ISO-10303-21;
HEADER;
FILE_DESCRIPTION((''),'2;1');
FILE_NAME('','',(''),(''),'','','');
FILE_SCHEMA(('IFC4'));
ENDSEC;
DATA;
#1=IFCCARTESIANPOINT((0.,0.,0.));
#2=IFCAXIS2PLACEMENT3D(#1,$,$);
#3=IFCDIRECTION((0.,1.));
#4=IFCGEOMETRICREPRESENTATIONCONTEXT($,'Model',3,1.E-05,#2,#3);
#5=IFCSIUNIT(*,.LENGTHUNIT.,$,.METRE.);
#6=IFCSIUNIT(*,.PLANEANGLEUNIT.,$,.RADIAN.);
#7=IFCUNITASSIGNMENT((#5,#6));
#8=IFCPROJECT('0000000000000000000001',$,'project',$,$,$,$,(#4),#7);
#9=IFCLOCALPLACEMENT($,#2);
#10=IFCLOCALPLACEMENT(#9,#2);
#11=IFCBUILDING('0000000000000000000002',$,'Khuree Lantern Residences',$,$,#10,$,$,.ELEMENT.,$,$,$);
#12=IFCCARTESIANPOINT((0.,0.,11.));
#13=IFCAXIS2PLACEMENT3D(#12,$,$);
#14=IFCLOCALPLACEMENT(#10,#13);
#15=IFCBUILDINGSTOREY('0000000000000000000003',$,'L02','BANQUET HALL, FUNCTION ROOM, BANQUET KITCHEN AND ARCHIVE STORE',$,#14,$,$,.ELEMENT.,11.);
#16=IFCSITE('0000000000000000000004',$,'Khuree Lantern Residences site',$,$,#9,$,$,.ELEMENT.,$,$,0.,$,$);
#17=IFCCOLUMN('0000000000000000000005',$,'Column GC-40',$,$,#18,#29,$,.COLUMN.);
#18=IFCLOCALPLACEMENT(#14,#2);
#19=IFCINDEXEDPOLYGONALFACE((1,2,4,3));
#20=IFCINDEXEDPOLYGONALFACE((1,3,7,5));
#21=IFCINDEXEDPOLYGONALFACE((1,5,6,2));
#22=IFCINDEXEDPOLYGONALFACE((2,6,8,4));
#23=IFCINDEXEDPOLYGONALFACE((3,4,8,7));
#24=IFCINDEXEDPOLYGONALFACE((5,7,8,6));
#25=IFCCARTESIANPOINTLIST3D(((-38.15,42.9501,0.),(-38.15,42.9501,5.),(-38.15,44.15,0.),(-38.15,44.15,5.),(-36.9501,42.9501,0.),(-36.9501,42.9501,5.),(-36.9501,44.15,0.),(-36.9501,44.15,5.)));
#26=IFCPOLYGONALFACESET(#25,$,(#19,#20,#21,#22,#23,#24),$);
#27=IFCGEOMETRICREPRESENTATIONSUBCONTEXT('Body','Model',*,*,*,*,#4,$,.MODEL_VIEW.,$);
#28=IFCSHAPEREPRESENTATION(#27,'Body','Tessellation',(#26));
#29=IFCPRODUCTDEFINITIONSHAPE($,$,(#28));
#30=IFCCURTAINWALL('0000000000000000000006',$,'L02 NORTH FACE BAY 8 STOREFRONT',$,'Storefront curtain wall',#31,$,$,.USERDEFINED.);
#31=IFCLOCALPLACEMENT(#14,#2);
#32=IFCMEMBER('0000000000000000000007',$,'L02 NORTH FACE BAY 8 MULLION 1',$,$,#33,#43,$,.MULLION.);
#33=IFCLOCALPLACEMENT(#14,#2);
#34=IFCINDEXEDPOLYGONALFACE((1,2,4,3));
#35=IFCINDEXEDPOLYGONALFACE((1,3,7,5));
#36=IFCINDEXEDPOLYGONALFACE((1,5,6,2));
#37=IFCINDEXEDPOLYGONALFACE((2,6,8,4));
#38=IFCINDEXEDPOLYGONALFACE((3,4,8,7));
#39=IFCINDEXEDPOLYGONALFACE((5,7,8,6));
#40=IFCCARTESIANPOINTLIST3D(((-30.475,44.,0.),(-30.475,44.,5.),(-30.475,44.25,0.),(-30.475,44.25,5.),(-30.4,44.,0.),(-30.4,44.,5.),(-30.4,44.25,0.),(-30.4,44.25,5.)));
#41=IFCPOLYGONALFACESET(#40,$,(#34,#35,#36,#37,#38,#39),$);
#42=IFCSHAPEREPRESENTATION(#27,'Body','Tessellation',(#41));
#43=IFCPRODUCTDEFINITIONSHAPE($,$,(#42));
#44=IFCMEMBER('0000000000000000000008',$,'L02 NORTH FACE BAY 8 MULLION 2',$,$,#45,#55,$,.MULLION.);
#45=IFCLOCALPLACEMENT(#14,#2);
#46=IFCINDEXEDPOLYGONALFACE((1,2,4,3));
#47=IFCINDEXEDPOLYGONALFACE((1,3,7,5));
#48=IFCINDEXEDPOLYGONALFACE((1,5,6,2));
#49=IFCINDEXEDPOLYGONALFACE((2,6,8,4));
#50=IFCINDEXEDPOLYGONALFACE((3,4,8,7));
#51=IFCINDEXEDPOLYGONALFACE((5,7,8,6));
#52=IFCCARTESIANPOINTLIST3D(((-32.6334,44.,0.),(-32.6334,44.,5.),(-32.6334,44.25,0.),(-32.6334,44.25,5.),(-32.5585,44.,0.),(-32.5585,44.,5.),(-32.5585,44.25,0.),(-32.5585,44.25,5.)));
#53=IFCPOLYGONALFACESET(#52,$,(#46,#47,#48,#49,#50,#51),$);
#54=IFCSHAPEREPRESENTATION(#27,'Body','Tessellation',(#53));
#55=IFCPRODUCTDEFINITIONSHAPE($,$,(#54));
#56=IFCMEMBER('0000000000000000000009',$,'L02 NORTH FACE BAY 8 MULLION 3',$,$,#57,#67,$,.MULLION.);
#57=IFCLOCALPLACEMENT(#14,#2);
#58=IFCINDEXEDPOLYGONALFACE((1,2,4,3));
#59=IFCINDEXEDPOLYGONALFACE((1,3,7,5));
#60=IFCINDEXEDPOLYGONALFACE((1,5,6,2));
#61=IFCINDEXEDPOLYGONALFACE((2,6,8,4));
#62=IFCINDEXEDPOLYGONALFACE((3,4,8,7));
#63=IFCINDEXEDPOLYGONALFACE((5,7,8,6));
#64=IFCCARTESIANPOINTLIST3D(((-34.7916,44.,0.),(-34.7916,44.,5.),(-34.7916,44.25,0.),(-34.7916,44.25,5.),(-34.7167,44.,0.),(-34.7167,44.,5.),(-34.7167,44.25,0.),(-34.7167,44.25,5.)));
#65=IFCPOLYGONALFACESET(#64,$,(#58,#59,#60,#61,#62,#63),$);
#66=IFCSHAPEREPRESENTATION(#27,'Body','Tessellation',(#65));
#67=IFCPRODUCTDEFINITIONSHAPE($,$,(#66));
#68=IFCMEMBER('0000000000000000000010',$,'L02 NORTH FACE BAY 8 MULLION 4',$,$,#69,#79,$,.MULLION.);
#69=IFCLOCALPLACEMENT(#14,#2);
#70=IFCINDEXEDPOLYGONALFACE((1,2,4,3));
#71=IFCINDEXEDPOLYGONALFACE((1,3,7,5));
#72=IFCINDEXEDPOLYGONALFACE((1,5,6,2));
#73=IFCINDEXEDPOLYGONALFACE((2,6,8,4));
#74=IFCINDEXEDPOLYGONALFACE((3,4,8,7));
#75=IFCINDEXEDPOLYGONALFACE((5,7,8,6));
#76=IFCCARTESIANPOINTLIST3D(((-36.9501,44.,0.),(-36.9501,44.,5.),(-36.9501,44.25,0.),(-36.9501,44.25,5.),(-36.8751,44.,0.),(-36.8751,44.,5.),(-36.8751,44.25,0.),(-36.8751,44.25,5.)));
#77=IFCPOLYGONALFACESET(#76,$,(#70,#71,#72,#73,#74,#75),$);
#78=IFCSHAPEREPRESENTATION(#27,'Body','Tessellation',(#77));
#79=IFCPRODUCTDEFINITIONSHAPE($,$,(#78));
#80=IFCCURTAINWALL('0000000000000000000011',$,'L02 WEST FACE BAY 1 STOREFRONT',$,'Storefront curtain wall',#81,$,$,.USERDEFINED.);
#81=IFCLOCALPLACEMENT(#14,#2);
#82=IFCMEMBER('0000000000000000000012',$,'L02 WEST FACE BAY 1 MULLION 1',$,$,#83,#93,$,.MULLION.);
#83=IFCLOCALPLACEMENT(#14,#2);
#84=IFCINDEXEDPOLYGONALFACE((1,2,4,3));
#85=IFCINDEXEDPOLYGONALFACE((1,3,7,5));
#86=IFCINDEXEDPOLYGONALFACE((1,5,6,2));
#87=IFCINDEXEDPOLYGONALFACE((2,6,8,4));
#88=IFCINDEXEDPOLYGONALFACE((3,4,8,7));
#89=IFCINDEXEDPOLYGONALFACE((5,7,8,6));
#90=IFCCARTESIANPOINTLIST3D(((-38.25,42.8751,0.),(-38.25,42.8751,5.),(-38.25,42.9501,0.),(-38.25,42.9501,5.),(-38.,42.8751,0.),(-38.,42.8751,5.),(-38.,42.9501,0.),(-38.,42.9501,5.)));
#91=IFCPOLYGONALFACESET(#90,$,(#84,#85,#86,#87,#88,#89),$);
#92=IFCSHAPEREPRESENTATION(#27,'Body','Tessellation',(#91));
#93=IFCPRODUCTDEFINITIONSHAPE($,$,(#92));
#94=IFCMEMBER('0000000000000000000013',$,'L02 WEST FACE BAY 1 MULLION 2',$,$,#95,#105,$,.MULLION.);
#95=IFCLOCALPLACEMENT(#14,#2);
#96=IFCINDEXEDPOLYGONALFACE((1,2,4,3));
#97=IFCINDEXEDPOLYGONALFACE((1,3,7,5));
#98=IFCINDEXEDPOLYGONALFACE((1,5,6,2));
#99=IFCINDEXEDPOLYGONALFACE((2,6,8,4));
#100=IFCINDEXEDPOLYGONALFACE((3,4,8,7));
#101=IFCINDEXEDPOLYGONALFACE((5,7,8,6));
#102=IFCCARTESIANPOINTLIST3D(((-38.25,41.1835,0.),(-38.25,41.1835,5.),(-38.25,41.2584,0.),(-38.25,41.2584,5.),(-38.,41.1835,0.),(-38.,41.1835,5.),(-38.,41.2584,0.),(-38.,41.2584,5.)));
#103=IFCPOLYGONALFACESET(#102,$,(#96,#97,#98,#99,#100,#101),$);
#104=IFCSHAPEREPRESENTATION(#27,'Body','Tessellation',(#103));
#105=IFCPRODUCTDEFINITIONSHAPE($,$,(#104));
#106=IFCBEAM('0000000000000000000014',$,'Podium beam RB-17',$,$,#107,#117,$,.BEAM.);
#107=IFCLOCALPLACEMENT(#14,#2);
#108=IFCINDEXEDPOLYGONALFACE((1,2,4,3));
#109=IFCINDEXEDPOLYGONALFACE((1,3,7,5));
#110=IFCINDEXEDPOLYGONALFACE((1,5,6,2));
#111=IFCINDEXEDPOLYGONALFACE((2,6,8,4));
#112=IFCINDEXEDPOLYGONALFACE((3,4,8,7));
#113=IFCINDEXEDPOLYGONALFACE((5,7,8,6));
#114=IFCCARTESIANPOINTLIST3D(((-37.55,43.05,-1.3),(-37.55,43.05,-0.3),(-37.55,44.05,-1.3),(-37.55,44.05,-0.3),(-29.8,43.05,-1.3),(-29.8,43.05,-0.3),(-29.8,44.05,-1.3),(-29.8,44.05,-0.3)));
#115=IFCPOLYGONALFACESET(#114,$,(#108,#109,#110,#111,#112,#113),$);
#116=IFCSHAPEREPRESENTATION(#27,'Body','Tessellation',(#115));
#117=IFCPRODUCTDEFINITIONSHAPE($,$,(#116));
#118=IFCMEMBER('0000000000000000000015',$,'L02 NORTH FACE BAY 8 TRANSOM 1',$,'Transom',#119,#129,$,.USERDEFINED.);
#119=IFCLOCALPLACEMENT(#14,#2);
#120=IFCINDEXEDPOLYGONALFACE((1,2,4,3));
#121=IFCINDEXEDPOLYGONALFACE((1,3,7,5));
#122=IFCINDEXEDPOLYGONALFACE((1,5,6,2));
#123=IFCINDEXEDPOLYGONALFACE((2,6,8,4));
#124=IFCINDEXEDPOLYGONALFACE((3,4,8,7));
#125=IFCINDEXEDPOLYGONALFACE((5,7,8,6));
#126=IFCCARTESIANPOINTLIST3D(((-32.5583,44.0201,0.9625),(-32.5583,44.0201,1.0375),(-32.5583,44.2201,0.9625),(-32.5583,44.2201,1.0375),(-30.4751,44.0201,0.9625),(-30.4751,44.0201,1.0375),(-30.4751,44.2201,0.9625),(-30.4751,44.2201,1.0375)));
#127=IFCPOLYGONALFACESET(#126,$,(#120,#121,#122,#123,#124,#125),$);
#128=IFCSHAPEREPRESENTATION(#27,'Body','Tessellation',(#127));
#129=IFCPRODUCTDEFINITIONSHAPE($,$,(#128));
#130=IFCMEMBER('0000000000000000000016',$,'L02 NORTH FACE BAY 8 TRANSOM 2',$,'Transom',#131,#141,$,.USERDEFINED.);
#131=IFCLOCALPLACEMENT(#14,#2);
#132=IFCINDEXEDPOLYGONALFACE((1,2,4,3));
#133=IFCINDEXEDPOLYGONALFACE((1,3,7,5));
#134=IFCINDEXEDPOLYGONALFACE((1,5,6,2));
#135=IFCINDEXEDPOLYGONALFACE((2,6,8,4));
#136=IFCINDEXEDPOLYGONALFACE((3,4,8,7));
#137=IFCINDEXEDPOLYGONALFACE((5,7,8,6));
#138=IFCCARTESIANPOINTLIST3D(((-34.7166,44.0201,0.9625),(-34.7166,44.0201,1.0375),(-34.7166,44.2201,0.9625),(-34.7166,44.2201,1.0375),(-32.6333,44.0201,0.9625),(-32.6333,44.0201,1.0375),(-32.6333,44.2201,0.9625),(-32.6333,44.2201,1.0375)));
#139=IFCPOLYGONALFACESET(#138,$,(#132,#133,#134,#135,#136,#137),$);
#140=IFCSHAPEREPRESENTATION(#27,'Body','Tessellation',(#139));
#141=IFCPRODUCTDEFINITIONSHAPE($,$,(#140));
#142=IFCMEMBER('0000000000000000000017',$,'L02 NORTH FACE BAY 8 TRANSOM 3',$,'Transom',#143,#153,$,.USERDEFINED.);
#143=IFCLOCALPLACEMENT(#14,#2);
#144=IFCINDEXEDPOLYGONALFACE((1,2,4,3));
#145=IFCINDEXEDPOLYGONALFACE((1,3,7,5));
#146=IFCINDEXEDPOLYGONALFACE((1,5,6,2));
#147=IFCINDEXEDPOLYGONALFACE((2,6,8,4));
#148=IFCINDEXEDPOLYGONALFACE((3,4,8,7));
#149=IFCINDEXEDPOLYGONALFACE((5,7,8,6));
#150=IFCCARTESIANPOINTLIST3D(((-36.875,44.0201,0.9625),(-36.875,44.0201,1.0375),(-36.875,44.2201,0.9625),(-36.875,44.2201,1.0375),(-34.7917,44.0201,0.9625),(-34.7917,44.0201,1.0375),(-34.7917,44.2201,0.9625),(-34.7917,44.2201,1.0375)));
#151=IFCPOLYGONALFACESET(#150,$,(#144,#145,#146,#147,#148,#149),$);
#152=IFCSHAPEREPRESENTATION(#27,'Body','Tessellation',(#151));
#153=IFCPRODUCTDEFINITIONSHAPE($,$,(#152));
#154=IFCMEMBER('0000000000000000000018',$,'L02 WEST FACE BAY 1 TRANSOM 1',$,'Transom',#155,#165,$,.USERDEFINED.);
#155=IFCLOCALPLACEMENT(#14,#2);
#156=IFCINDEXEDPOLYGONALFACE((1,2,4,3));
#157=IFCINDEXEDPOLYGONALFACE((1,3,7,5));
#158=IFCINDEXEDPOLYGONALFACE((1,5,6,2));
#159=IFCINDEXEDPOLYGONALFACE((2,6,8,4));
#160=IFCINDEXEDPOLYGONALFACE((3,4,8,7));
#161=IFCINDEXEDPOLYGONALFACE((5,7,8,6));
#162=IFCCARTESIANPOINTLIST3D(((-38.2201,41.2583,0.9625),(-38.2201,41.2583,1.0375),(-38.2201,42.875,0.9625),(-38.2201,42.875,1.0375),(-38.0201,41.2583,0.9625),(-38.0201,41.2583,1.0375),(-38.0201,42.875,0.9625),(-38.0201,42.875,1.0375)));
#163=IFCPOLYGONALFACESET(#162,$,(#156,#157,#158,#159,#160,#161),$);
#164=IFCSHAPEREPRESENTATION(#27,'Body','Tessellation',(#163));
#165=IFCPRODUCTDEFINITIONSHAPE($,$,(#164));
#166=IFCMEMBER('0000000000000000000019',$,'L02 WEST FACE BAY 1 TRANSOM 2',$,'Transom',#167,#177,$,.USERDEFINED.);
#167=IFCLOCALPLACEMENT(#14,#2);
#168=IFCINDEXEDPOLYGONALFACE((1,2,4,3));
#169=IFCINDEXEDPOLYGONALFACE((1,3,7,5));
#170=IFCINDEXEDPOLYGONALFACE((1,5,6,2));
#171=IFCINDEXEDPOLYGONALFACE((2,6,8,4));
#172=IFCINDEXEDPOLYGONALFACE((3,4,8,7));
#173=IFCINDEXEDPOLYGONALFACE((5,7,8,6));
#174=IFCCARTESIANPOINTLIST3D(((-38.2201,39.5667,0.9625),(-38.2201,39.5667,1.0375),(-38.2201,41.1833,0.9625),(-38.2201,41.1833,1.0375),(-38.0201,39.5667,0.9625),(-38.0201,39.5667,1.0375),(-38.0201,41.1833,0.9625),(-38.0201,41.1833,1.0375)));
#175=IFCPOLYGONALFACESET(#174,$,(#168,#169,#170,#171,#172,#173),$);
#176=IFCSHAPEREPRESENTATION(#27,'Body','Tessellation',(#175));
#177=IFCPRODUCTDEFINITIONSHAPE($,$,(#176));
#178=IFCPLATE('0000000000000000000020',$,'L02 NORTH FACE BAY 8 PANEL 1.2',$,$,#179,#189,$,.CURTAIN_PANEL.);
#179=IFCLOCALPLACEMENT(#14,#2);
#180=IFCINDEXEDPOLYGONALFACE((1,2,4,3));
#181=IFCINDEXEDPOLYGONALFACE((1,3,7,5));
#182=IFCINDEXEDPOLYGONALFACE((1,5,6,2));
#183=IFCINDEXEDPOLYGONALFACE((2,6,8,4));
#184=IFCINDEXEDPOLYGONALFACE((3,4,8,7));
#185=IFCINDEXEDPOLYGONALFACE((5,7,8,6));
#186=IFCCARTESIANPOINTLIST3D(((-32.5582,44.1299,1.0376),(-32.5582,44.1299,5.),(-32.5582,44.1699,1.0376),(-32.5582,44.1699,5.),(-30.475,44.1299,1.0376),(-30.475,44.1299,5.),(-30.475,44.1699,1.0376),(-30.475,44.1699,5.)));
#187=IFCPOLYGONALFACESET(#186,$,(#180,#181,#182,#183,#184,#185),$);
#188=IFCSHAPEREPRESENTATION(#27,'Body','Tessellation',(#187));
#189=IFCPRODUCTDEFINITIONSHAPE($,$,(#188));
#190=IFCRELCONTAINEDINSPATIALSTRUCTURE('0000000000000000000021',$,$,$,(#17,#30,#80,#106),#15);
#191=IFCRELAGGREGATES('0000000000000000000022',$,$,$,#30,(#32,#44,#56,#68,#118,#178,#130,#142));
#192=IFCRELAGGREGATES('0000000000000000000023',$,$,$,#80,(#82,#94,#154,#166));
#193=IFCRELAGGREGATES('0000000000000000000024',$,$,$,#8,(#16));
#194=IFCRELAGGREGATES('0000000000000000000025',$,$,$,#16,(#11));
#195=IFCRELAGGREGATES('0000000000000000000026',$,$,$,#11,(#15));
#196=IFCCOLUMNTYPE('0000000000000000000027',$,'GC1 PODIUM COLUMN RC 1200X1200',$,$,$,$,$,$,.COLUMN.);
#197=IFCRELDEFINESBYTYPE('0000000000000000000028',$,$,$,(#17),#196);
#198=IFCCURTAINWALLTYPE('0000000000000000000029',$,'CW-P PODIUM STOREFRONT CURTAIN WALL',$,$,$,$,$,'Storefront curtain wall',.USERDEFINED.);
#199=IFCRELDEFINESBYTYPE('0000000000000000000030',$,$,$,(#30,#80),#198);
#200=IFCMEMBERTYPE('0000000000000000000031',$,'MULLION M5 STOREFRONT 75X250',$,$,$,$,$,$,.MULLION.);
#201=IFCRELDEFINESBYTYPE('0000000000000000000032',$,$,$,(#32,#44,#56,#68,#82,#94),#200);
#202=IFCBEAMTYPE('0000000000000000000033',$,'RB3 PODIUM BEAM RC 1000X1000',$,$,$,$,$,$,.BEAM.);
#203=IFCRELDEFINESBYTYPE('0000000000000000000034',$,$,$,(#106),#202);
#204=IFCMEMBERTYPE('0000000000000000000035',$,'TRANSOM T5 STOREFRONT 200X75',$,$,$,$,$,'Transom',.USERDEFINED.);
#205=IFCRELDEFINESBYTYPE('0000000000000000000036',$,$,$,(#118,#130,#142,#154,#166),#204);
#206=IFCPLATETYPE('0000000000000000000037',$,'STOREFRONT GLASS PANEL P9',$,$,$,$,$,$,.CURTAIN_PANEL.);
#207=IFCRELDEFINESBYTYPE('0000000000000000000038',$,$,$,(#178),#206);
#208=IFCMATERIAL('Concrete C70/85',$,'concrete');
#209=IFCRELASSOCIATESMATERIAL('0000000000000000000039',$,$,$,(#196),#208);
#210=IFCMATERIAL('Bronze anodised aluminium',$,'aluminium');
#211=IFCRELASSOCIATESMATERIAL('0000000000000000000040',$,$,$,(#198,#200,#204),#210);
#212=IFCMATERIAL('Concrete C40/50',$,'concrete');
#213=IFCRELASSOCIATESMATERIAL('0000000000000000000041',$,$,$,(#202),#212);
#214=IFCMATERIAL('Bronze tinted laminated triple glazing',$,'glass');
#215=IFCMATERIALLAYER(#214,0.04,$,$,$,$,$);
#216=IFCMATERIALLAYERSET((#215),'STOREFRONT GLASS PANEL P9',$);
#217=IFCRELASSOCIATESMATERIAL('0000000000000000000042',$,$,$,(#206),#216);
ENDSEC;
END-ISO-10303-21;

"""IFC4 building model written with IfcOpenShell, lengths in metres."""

from ifc_helpers import new_model, si_unit, direction, frame, origin, origin_2d, place, context, subcontext, project, spatial, rectangle, extrude, material, layer, layer_set, material_profile, profile_set, type_object, element, aggregate, save


model = new_model("IFC4")

# Units and contexts
model_context = context("Model", 3, precision=1e-05, world=origin(), true_north=direction((0.0, 1.0)))
body_context = subcontext(model_context, "Body", "Model", "MODEL_VIEW")
ifc_project = project(units=[si_unit("LENGTHUNIT", "METRE"), si_unit("PLANEANGLEUNIT", "RADIAN")], contexts=[model_context])

# Site, building, storey
site_placement = place(None, origin())
site = spatial("IfcSite", under=ifc_project, at=site_placement, Name="Khuree Lantern Residences site", CompositionType="ELEMENT", RefElevation=0.0)
building_placement = place(site_placement, origin())
building = spatial("IfcBuilding", under=site, at=building_placement, Name="Khuree Lantern Residences", CompositionType="ELEMENT")
storey_placement = place(building_placement, frame((0.0, 0.0, 11.0)))
storey = spatial("IfcBuildingStorey", under=building, at=storey_placement, Name="L02", Description="BANQUET HALL, FUNCTION ROOM, BANQUET KITCHEN AND ARCHIVE STORE", CompositionType="ELEMENT", Elevation=11.0)

# Column
ifc_material_1 = material(Name="Concrete C70/85", Category="concrete")
ifc_material_profile_1 = material_profile(ifc_material_1, rectangle(XDim=1.2, YDim=1.2, at=origin_2d()), Name="RC 1200X1200")
ifc_profile_set_1 = profile_set([ifc_material_profile_1], Name="Concrete C70/85")
column_type = type_object("IfcColumnType", Name="GC1 PODIUM COLUMN RC 1200X1200", PredefinedType="COLUMN", material=ifc_profile_set_1)
column_placement = place(storey_placement, frame((-37.55, 43.55, 0.0), z_axis=(0.0, 0.0, 1.0), x_axis=(1.0, 0.0, 0.0)))
element("IfcColumn", 1, at=column_placement, inside=storey, type_object=column_type, Name="Column GC-40", PredefinedType="COLUMN", context=body_context, shape_type="SweptSolid", body=[
    extrude(rectangle(XDim=1.2, YDim=1.2, at=origin_2d()), origin(), (0.0, 0.0, 1.0), 5.0),
])

# Curtain walls, members
ifc_material_2 = material(Name="Bronze anodised aluminium", Category="aluminium")
curtain_wall_type = type_object("IfcCurtainWallType", Name="CW-P PODIUM STOREFRONT CURTAIN WALL", ElementType="Storefront curtain wall", PredefinedType="USERDEFINED", material=ifc_material_2)
curtain_wall_1_placement = place(storey_placement, origin())
curtain_wall_1 = element("IfcCurtainWall", 2, at=curtain_wall_1_placement, inside=storey, type_object=curtain_wall_type, Name="L02 NORTH FACE BAY 8 STOREFRONT", ObjectType="Storefront curtain wall", PredefinedType="USERDEFINED")
ifc_material_profile_2 = material_profile(ifc_material_2, rectangle(XDim=0.075, YDim=0.25, at=origin_2d()), Name="M5 75X250")
ifc_profile_set_2 = profile_set([ifc_material_profile_2], Name="Bronze anodised aluminium")
member_type_1 = type_object("IfcMemberType", Name="MULLION M5 STOREFRONT 75X250", PredefinedType="MULLION", material=ifc_profile_set_2)
member_1_placement = place(storey_placement, frame((-30.4375, 44.125, 0.0), z_axis=(0.0, 0.0, 1.0), x_axis=(-1.0, 0.0, 0.0)))
member_1 = element("IfcMember", 3, at=member_1_placement, type_object=member_type_1, Name="L02 NORTH FACE BAY 8 MULLION 1", PredefinedType="MULLION", context=body_context, shape_type="SweptSolid", body=[
    extrude(rectangle(XDim=0.075, YDim=0.25, at=origin_2d()), origin(), (0.0, 0.0, 1.0), 5.0),
])
member_2_placement = place(storey_placement, frame((-32.5959, 44.125, 0.0), z_axis=(0.0, 0.0, 1.0), x_axis=(-1.0, 0.0, 0.0)))
member_2 = element("IfcMember", 4, at=member_2_placement, type_object=member_type_1, Name="L02 NORTH FACE BAY 8 MULLION 2", PredefinedType="MULLION", context=body_context, shape_type="SweptSolid", body=[
    extrude(rectangle(XDim=0.075, YDim=0.25, at=origin_2d()), origin(), (0.0, 0.0, 1.0), 5.0),
])
member_3_placement = place(storey_placement, frame((-34.7542, 44.125, 0.0), z_axis=(0.0, 0.0, 1.0), x_axis=(-1.0, 0.0, 0.0)))
member_3 = element("IfcMember", 5, at=member_3_placement, type_object=member_type_1, Name="L02 NORTH FACE BAY 8 MULLION 3", PredefinedType="MULLION", context=body_context, shape_type="SweptSolid", body=[
    extrude(rectangle(XDim=0.075, YDim=0.25, at=origin_2d()), origin(), (0.0, 0.0, 1.0), 5.0),
])
member_4_placement = place(storey_placement, frame((-36.9126, 44.125, 0.0), z_axis=(0.0, 0.0, 1.0), x_axis=(-1.0, 0.0, 0.0)))
member_4 = element("IfcMember", 6, at=member_4_placement, type_object=member_type_1, Name="L02 NORTH FACE BAY 8 MULLION 4", PredefinedType="MULLION", context=body_context, shape_type="SweptSolid", body=[
    extrude(rectangle(XDim=0.075, YDim=0.25, at=origin_2d()), origin(), (0.0, 0.0, 1.0), 5.0),
])
curtain_wall_2_placement = place(storey_placement, origin())
curtain_wall_2 = element("IfcCurtainWall", 7, at=curtain_wall_2_placement, inside=storey, type_object=curtain_wall_type, Name="L02 WEST FACE BAY 1 STOREFRONT", ObjectType="Storefront curtain wall", PredefinedType="USERDEFINED")
member_5_placement = place(storey_placement, frame((-38.125, 42.9126, 0.0), z_axis=(0.0, 0.0, 1.0), x_axis=(0.0, -1.0, 0.0)))
member_5 = element("IfcMember", 8, at=member_5_placement, type_object=member_type_1, Name="L02 WEST FACE BAY 1 MULLION 1", PredefinedType="MULLION", context=body_context, shape_type="SweptSolid", body=[
    extrude(rectangle(XDim=0.075, YDim=0.25, at=origin_2d()), origin(), (0.0, 0.0, 1.0), 5.0),
])
member_6_placement = place(storey_placement, frame((-38.125, 41.2209, 0.0), z_axis=(0.0, 0.0, 1.0), x_axis=(0.0, -1.0, 0.0)))
member_6 = element("IfcMember", 9, at=member_6_placement, type_object=member_type_1, Name="L02 WEST FACE BAY 1 MULLION 2", PredefinedType="MULLION", context=body_context, shape_type="SweptSolid", body=[
    extrude(rectangle(XDim=0.075, YDim=0.25, at=origin_2d()), origin(), (0.0, 0.0, 1.0), 5.0),
])

# Beam
ifc_material_3 = material(Name="Concrete C40/50", Category="concrete")
ifc_material_profile_3 = material_profile(ifc_material_3, rectangle(XDim=1.0, YDim=1.0, at=origin_2d()), Name="RC 1000X1000")
ifc_profile_set_3 = profile_set([ifc_material_profile_3], Name="Concrete C40/50")
beam_type = type_object("IfcBeamType", Name="RB3 PODIUM BEAM RC 1000X1000", PredefinedType="BEAM", material=ifc_profile_set_3)
beam_placement = place(storey_placement, frame((-37.55, 43.55, -0.8), z_axis=(1.0, 0.0, 0.0), x_axis=(0.0, 1.0, 0.0)))
element("IfcBeam", 10, at=beam_placement, inside=storey, type_object=beam_type, Name="Podium beam RB-17", PredefinedType="BEAM", context=body_context, shape_type="SweptSolid", body=[
    extrude(rectangle(XDim=1.0, YDim=1.0, at=origin_2d()), origin(), (0.0, 0.0, 1.0), 7.75),
])

# Members
ifc_material_profile_4 = material_profile(ifc_material_2, rectangle(XDim=0.2, YDim=0.075, at=origin_2d()), Name="T5 200X75")
ifc_profile_set_4 = profile_set([ifc_material_profile_4], Name="Bronze anodised aluminium")
member_type_2 = type_object("IfcMemberType", Name="TRANSOM T5 STOREFRONT 200X75", ElementType="Transom", PredefinedType="USERDEFINED", material=ifc_profile_set_4)
member_7_placement = place(storey_placement, frame((-30.4751, 44.1201, 1.0), z_axis=(-1.0, 0.0, 0.0), x_axis=(0.0, -1.0, 0.0)))
member_7 = element("IfcMember", 11, at=member_7_placement, type_object=member_type_2, Name="L02 NORTH FACE BAY 8 TRANSOM 1", ObjectType="Transom", PredefinedType="USERDEFINED", context=body_context, shape_type="SweptSolid", body=[
    extrude(rectangle(XDim=0.2, YDim=0.075, at=origin_2d()), origin(), (0.0, 0.0, 1.0), 2.0833),
])
member_8_placement = place(storey_placement, frame((-32.6333, 44.1201, 1.0), z_axis=(-1.0, 0.0, 0.0), x_axis=(0.0, -1.0, 0.0)))
member_8 = element("IfcMember", 12, at=member_8_placement, type_object=member_type_2, Name="L02 NORTH FACE BAY 8 TRANSOM 2", ObjectType="Transom", PredefinedType="USERDEFINED", context=body_context, shape_type="SweptSolid", body=[
    extrude(rectangle(XDim=0.2, YDim=0.075, at=origin_2d()), origin(), (0.0, 0.0, 1.0), 2.0833),
])
member_9_placement = place(storey_placement, frame((-34.7917, 44.1201, 1.0), z_axis=(-1.0, 0.0, 0.0), x_axis=(0.0, -1.0, 0.0)))
member_9 = element("IfcMember", 13, at=member_9_placement, type_object=member_type_2, Name="L02 NORTH FACE BAY 8 TRANSOM 3", ObjectType="Transom", PredefinedType="USERDEFINED", context=body_context, shape_type="SweptSolid", body=[
    extrude(rectangle(XDim=0.2, YDim=0.075, at=origin_2d()), origin(), (0.0, 0.0, 1.0), 2.0833),
])
member_10_placement = place(storey_placement, frame((-38.1201, 42.875, 1.0), z_axis=(0.0, -1.0, 0.0), x_axis=(1.0, 0.0, 0.0)))
member_10 = element("IfcMember", 14, at=member_10_placement, type_object=member_type_2, Name="L02 WEST FACE BAY 1 TRANSOM 1", ObjectType="Transom", PredefinedType="USERDEFINED", context=body_context, shape_type="SweptSolid", body=[
    extrude(rectangle(XDim=0.2, YDim=0.075, at=origin_2d()), origin(), (0.0, 0.0, 1.0), 1.6167),
])
member_11_placement = place(storey_placement, frame((-38.1201, 41.1833, 1.0), z_axis=(0.0, -1.0, 0.0), x_axis=(1.0, 0.0, 0.0)))
member_11 = element("IfcMember", 15, at=member_11_placement, type_object=member_type_2, Name="L02 WEST FACE BAY 1 TRANSOM 2", ObjectType="Transom", PredefinedType="USERDEFINED", context=body_context, shape_type="SweptSolid", body=[
    extrude(rectangle(XDim=0.2, YDim=0.075, at=origin_2d()), origin(), (0.0, 0.0, 1.0), 1.6167),
])

# Plate
ifc_material_4 = material(Name="Bronze tinted laminated triple glazing", Category="glass")
ifc_layer_1 = layer(ifc_material_4, 0.04)
ifc_layer_set_1 = layer_set([ifc_layer_1], Name="STOREFRONT GLASS PANEL P9")
plate_type_1 = type_object("IfcPlateType", Name="STOREFRONT GLASS PANEL P9", PredefinedType="CURTAIN_PANEL", material=ifc_layer_set_1)
plate_1_placement = place(storey_placement, frame((-31.5166, 44.1499, 1.0376), z_axis=(0.0, 0.0, 1.0), x_axis=(-1.0, 0.0, 0.0)))
plate_1 = element("IfcPlate", 16, at=plate_1_placement, type_object=plate_type_1, Name="L02 NORTH FACE BAY 8 PANEL 1.2", PredefinedType="CURTAIN_PANEL", context=body_context, shape_type="SweptSolid", body=[
    extrude(rectangle(XDim=2.0833, YDim=0.04, at=origin_2d()), origin(), (0.0, 0.0, 1.0), 3.9624),
])
aggregate(curtain_wall_1, [member_1, member_2, member_3, member_4, member_7, plate_1, member_8, member_9])
aggregate(curtain_wall_2, [member_5, member_6, member_10, member_11])

save(model, "model.ifc")
